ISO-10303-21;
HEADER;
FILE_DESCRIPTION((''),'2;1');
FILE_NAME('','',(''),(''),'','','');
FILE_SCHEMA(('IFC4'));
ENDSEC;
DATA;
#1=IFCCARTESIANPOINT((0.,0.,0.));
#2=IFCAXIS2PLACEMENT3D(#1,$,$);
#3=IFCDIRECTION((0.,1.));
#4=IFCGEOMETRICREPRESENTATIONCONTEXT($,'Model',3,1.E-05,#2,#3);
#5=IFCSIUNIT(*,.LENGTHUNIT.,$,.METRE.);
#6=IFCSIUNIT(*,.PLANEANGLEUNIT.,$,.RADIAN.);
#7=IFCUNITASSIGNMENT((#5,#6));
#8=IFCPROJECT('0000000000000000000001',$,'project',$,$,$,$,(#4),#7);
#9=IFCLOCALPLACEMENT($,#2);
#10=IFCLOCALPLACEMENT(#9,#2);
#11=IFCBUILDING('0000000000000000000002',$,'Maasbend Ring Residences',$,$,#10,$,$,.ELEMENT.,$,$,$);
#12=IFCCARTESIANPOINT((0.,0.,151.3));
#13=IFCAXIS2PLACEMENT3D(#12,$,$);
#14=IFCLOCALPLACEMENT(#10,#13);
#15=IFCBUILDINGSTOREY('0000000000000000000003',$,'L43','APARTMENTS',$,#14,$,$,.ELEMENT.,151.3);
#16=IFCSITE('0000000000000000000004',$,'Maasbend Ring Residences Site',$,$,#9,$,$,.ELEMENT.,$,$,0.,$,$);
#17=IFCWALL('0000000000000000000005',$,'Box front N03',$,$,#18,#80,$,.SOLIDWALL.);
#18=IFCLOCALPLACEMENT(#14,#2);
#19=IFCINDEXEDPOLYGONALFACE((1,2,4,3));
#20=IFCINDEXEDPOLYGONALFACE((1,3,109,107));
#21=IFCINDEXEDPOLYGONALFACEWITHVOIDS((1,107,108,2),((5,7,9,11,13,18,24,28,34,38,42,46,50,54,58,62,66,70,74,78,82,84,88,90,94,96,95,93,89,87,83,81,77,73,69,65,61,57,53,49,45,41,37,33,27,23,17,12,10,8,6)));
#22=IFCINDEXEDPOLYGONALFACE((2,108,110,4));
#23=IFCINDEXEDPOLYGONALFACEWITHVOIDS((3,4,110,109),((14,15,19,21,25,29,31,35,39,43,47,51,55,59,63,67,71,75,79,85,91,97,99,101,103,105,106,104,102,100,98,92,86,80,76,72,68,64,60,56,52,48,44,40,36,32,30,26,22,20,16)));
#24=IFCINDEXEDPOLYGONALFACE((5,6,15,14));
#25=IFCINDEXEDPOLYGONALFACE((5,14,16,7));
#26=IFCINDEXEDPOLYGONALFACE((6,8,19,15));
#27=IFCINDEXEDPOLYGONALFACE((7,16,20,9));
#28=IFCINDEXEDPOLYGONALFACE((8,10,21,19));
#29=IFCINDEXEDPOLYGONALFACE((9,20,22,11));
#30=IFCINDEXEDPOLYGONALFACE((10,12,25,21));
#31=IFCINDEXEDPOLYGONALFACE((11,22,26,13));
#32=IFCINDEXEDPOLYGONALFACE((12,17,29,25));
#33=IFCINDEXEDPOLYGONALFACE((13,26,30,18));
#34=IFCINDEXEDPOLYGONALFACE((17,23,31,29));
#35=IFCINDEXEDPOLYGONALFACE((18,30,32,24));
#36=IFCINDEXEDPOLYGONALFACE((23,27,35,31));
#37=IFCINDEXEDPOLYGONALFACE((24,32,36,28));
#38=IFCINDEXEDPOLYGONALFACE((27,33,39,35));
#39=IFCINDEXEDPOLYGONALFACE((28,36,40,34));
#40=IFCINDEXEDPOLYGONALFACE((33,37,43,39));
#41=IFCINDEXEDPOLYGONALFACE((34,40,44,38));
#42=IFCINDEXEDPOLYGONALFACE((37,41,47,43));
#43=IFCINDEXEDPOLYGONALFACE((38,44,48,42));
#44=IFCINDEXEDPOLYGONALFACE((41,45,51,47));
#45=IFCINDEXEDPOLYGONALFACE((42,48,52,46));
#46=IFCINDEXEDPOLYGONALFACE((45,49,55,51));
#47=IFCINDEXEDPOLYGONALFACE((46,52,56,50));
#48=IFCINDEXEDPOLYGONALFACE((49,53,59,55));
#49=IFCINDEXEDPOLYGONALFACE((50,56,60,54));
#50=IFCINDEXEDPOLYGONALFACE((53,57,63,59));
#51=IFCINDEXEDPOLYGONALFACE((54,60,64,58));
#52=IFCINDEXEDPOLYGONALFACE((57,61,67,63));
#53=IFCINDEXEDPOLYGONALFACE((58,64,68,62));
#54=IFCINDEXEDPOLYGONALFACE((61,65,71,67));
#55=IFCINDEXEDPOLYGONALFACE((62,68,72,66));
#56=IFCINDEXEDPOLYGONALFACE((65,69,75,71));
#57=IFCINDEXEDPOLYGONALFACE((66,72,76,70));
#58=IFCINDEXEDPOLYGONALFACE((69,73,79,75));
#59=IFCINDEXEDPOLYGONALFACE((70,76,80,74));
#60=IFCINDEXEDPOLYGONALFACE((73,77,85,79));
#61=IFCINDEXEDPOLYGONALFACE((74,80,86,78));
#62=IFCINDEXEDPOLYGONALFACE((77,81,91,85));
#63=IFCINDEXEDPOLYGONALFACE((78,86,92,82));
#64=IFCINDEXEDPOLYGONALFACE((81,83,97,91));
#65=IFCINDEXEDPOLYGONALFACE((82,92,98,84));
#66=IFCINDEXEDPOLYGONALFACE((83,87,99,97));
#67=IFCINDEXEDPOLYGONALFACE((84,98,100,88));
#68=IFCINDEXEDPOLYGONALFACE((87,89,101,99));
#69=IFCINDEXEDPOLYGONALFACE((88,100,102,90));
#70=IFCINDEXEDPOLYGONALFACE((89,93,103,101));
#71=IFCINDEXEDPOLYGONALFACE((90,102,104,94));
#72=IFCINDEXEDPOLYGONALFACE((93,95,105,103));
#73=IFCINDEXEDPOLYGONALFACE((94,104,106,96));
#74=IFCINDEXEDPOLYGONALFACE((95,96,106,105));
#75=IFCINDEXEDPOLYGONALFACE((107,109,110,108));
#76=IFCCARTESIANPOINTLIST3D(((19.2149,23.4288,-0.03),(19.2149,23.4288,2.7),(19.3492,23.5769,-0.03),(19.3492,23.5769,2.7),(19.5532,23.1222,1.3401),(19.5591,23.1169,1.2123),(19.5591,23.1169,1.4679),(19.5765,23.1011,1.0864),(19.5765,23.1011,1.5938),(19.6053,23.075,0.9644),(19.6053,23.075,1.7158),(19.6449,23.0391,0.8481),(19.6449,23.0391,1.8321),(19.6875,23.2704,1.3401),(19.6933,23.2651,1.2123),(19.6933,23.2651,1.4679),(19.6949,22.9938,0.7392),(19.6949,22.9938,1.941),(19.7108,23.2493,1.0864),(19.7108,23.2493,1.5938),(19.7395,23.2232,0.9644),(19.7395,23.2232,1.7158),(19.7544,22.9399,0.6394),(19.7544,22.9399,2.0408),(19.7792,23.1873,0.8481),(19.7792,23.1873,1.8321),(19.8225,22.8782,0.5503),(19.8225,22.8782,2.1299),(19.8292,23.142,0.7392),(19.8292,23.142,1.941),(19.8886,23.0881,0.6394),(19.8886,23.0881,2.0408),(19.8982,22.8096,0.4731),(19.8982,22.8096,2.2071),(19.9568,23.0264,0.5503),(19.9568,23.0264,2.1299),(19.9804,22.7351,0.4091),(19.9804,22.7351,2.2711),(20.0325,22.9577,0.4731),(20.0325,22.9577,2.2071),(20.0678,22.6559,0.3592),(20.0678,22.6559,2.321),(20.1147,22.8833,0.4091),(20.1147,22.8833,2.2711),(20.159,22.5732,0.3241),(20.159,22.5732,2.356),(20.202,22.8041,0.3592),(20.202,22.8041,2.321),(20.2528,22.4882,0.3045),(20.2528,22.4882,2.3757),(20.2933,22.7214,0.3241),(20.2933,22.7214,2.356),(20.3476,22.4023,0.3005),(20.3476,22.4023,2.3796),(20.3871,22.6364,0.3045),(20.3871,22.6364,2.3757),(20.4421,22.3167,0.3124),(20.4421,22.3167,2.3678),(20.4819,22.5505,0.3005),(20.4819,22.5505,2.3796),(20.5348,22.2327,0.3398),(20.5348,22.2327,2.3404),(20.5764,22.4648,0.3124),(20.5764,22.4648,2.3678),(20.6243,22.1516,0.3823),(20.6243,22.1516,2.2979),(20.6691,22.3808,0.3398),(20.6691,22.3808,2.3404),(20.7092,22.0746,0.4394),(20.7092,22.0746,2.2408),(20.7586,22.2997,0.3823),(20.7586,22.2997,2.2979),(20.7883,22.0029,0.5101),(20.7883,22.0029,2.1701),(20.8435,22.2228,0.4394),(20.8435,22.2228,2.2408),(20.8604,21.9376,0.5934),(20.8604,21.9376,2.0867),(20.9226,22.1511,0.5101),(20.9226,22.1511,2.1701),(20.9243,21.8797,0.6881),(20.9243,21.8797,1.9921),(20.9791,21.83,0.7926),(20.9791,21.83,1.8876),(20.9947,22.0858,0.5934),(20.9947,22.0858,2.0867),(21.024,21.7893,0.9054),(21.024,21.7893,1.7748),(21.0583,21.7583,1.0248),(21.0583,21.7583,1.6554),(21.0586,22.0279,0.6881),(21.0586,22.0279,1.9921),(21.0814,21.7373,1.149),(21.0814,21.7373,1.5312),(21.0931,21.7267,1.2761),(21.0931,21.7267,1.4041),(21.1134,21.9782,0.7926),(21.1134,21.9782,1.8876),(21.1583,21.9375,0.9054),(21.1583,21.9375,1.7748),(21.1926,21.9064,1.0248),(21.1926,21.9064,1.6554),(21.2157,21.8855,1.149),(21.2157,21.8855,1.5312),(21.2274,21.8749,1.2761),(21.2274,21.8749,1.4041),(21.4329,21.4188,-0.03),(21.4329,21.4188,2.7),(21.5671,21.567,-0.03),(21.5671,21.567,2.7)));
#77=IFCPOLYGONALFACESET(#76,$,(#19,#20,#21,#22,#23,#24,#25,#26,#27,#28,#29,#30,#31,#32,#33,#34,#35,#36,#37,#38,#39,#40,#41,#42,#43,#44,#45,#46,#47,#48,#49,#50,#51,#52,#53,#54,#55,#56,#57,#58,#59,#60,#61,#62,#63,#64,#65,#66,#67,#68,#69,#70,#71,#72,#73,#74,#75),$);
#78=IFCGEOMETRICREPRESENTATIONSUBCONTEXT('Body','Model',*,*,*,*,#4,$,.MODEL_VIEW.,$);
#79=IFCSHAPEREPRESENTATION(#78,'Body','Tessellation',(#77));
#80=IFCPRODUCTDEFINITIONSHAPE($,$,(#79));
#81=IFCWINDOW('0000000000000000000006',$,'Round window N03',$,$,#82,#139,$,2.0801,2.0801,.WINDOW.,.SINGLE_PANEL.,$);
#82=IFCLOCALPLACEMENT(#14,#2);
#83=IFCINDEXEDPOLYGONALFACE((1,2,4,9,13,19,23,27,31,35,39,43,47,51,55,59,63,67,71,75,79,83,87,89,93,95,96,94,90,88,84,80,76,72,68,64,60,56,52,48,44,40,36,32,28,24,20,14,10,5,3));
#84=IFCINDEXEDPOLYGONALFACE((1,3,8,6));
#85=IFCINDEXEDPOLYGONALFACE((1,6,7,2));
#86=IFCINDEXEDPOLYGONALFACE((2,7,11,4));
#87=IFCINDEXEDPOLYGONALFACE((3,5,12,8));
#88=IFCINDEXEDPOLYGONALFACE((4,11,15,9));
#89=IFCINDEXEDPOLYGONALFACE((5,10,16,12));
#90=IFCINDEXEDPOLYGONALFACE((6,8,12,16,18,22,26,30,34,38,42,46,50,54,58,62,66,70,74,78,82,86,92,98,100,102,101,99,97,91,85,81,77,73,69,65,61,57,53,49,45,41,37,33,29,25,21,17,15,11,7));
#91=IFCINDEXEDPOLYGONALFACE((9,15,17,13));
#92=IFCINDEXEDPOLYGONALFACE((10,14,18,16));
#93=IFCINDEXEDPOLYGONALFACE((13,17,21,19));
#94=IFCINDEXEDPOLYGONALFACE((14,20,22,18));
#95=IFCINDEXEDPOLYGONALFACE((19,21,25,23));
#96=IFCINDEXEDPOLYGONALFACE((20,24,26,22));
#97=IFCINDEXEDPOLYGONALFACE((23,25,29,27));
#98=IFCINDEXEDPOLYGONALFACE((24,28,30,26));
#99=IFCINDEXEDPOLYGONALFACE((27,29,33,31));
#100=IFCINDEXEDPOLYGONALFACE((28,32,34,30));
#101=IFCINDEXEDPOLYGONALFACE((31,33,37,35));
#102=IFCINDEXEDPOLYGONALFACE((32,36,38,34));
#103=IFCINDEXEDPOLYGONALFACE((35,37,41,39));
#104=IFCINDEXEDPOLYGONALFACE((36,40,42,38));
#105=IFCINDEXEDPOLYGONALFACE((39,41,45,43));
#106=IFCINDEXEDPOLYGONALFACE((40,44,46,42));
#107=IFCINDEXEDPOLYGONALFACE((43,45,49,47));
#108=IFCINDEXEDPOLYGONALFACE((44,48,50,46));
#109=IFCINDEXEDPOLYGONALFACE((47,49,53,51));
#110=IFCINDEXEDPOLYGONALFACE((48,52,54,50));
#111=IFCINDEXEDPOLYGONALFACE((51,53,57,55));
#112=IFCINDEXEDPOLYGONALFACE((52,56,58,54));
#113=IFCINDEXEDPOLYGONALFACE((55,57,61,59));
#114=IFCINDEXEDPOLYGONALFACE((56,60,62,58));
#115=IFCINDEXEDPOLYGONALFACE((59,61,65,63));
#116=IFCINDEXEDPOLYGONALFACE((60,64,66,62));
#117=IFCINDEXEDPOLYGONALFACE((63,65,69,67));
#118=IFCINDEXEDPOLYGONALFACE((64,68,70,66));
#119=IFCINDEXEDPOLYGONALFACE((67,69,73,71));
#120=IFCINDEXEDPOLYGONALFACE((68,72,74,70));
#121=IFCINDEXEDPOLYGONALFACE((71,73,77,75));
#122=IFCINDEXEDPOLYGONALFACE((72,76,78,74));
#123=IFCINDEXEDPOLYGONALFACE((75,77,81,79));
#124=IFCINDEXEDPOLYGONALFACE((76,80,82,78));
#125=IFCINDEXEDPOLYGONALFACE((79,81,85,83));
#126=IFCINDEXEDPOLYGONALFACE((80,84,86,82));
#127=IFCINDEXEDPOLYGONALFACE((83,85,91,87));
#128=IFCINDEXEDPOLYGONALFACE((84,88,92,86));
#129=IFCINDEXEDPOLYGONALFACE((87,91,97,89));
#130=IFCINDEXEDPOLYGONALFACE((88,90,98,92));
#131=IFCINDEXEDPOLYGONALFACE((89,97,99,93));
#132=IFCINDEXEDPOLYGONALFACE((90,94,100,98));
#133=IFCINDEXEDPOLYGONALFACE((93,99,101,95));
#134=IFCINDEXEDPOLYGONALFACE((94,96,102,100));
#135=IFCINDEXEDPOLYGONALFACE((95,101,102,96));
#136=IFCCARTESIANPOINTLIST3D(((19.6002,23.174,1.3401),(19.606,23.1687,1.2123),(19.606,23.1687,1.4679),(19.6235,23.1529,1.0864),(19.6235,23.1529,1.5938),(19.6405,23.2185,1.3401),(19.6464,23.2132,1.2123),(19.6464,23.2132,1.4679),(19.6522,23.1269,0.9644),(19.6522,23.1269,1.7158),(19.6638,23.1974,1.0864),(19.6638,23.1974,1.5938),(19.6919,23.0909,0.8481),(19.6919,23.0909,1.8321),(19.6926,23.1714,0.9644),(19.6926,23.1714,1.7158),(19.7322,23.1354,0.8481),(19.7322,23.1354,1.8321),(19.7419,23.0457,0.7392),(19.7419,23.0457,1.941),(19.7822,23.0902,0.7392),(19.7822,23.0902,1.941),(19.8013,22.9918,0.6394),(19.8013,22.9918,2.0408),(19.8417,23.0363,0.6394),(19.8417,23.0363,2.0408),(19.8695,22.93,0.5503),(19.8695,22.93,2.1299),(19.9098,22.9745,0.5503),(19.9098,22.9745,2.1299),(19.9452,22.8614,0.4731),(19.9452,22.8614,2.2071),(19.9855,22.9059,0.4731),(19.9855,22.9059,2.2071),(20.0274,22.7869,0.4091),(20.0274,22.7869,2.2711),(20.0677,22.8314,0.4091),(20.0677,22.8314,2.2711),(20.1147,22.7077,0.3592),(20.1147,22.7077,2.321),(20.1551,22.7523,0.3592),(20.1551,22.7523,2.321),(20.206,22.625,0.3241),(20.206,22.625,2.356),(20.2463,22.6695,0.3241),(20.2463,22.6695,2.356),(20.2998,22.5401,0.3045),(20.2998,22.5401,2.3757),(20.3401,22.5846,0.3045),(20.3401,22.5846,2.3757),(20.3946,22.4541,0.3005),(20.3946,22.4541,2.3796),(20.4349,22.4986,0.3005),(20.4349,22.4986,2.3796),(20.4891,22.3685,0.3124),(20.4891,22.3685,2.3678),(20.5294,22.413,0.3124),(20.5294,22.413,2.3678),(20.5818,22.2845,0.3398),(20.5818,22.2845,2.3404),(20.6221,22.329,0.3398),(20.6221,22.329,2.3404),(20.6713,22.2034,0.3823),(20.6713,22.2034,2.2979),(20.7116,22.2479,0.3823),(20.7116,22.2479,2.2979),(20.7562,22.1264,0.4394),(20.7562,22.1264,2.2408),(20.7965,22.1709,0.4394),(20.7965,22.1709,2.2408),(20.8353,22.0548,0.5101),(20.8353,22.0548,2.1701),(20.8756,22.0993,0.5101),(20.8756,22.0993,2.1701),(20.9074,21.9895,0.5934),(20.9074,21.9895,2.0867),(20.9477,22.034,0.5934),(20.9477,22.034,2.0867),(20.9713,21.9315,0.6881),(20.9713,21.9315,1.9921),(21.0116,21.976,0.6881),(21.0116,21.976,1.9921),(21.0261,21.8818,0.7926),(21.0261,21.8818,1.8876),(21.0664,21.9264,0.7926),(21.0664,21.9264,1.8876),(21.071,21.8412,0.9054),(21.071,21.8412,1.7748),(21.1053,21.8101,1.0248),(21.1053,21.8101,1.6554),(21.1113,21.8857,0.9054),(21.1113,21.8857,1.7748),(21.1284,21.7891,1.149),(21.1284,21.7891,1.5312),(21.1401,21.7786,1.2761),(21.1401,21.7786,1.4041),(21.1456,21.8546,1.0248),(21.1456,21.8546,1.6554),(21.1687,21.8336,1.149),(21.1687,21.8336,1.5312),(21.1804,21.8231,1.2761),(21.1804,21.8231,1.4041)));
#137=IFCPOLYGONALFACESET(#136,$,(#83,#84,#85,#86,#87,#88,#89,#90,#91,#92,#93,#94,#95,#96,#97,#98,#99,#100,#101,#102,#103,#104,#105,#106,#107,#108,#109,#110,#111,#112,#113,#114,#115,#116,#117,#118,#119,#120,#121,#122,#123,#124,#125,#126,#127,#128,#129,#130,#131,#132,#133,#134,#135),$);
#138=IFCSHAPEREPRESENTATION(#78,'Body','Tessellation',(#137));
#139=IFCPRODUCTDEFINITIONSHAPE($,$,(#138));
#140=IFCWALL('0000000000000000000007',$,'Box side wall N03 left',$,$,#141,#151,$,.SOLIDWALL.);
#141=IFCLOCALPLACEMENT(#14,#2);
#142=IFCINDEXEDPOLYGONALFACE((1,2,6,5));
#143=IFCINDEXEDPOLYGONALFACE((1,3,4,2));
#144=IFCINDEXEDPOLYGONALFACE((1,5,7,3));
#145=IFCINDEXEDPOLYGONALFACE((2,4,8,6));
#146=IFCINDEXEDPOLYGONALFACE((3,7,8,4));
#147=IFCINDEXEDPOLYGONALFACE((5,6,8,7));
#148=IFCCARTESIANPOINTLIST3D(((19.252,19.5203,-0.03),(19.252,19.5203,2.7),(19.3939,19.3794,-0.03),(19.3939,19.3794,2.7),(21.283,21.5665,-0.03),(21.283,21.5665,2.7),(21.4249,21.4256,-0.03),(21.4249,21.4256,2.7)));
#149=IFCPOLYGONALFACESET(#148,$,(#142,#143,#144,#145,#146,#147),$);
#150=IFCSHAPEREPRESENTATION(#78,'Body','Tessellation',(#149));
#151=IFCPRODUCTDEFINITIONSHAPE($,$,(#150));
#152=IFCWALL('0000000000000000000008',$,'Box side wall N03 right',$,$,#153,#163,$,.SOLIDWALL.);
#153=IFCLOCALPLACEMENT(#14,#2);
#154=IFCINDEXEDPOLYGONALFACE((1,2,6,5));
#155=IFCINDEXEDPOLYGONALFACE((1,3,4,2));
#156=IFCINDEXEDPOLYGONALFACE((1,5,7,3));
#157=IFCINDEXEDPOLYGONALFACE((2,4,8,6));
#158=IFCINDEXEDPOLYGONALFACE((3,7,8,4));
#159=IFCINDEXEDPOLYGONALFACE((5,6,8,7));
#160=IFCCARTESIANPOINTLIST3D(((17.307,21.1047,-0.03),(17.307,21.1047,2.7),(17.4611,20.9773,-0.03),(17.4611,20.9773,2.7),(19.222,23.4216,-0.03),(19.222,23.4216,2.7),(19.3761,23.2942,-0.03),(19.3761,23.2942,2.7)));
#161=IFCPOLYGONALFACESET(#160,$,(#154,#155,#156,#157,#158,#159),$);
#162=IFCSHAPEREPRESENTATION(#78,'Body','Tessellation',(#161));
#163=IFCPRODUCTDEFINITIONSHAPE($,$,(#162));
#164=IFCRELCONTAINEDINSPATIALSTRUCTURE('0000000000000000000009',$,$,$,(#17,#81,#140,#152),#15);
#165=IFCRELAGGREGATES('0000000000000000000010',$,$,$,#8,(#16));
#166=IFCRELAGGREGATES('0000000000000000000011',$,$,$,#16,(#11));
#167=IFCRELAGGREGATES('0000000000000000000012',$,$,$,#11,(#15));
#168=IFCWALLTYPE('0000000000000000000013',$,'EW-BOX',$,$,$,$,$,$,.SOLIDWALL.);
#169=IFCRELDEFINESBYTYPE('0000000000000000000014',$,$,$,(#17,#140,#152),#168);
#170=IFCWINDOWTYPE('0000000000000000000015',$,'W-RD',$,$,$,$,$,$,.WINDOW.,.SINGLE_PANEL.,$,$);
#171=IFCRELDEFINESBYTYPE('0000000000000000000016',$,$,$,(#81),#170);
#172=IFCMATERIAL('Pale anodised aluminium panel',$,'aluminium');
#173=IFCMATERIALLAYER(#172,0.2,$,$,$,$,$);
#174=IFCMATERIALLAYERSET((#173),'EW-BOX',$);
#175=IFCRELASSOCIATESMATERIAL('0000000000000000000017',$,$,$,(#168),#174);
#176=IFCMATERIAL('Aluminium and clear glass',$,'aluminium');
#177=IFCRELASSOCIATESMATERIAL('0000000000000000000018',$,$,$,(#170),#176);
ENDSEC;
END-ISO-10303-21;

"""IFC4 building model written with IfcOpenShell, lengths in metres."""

from ifc_helpers import new_model, si_unit, direction, frame, frame_2d, origin, place, context, subcontext, project, spatial, rectangle, circle, extrude, material, layer, layer_set, type_object, element, fill, save


model = new_model("IFC4")

# Units and contexts
model_context = context("Model", 3, precision=1e-05, world=origin(), true_north=direction((0.0, 1.0)))
body_context = subcontext(model_context, "Body", "Model", "MODEL_VIEW")
ifc_project = project(units=[si_unit("LENGTHUNIT", "METRE"), si_unit("PLANEANGLEUNIT", "RADIAN")], contexts=[model_context])

# Site, building, storey
site_placement = place(None, origin())
site = spatial("IfcSite", under=ifc_project, at=site_placement, Name="Maasbend Ring Residences Site", CompositionType="ELEMENT", RefElevation=0.0)
building_placement = place(site_placement, origin())
building = spatial("IfcBuilding", under=site, at=building_placement, Name="Maasbend Ring Residences", CompositionType="ELEMENT")
storey_placement = place(building_placement, frame((0.0, 0.0, 151.3)))
storey = spatial("IfcBuildingStorey", under=building, at=storey_placement, Name="L43", Description="APARTMENTS", CompositionType="ELEMENT", Elevation=151.3)

# Wall, opening, window
ifc_material_1 = material(Name="Pale anodised aluminium panel", Category="aluminium")
ifc_layer_1 = layer(ifc_material_1, 0.2)
ifc_layer_set_1 = layer_set([ifc_layer_1], Name="EW-BOX")
wall_type_1 = type_object("IfcWallType", Name="EW-BOX", PredefinedType="SOLIDWALL", material=ifc_layer_set_1)
wall_1_placement = place(storey_placement, frame((21.5, 21.4929, -0.03), z_axis=(0.0, 0.0, 1.0), x_axis=(-0.740998, 0.671507, 0.0)))
wall_1 = element("IfcWall", 1, at=wall_1_placement, inside=storey, type_object=wall_type_1, Name="Box front N03", PredefinedType="SOLIDWALL", context=body_context, shape_type="SweptSolid", body=[
    extrude(rectangle(XDim=2.9932, YDim=0.2, at=frame_2d((1.4966, 0.0))), origin(), (0.0, 0.0, 1.0), 2.73),
])
opening_1_placement = place(wall_1_placement, frame((0.4565, 0.0, 0.3301)))
opening_1 = element("IfcOpeningElement", 2, at=opening_1_placement, cuts=wall_1, PredefinedType="OPENING", context=body_context, shape_type="SweptSolid", body=[
    extrude(circle(Radius=1.04, at=frame_2d((1.04, 1.04))), frame((0.0, 0.1099, 0.0), z_axis=(0.0, -1.0, 0.0), x_axis=(1.0, 0.0, 0.0)), (0.0, 0.0, 1.0), 0.22),
])
ifc_material_2 = material(Name="Aluminium and clear glass", Category="aluminium")
window_type_1 = type_object("IfcWindowType", Name="W-RD", PartitioningType="SINGLE_PANEL", PredefinedType="WINDOW", material=ifc_material_2)
window_1_placement = place(opening_1_placement, origin())
window_1 = element("IfcWindow", 3, at=window_1_placement, inside=storey, type_object=window_type_1, Name="Round window N03", OverallHeight=2.0801, OverallWidth=2.0801, PartitioningType="SINGLE_PANEL", PredefinedType="WINDOW", context=body_context, shape_type="SweptSolid", body=[
    extrude(circle(Radius=1.04, at=frame_2d((1.04, 1.04))), frame((0.0, 0.03, 0.0), z_axis=(0.0, -1.0, 0.0), x_axis=(1.0, 0.0, 0.0)), (0.0, 0.0, 1.0), 0.0601),
])
fill(opening_1, window_1)

# Walls
wall_2_placement = place(storey_placement, frame((19.323, 19.45, -0.03), z_axis=(0.0, 0.0, 1.0), x_axis=(0.704477, 0.709727, 0.0)))
element("IfcWall", 4, at=wall_2_placement, inside=storey, type_object=wall_type_1, Name="Box side wall N03 left", PredefinedType="SOLIDWALL", context=body_context, shape_type="SweptSolid", body=[
    extrude(rectangle(XDim=2.8831, YDim=0.2, at=frame_2d((1.4414, 0.0))), origin(), (0.0, 0.0, 1.0), 2.73),
])
wall_3_placement = place(storey_placement, frame((17.384, 21.041, -0.03), z_axis=(0.0, 0.0, 1.0), x_axis=(0.637096, 0.770785, 0.0)))
element("IfcWall", 5, at=wall_3_placement, inside=storey, type_object=wall_type_1, Name="Box side wall N03 right", PredefinedType="SOLIDWALL", context=body_context, shape_type="SweptSolid", body=[
    extrude(rectangle(XDim=3.0059, YDim=0.2, at=frame_2d((1.5029, 0.0))), origin(), (0.0, 0.0, 1.0), 2.73),
])

save(model, "model.ifc")
